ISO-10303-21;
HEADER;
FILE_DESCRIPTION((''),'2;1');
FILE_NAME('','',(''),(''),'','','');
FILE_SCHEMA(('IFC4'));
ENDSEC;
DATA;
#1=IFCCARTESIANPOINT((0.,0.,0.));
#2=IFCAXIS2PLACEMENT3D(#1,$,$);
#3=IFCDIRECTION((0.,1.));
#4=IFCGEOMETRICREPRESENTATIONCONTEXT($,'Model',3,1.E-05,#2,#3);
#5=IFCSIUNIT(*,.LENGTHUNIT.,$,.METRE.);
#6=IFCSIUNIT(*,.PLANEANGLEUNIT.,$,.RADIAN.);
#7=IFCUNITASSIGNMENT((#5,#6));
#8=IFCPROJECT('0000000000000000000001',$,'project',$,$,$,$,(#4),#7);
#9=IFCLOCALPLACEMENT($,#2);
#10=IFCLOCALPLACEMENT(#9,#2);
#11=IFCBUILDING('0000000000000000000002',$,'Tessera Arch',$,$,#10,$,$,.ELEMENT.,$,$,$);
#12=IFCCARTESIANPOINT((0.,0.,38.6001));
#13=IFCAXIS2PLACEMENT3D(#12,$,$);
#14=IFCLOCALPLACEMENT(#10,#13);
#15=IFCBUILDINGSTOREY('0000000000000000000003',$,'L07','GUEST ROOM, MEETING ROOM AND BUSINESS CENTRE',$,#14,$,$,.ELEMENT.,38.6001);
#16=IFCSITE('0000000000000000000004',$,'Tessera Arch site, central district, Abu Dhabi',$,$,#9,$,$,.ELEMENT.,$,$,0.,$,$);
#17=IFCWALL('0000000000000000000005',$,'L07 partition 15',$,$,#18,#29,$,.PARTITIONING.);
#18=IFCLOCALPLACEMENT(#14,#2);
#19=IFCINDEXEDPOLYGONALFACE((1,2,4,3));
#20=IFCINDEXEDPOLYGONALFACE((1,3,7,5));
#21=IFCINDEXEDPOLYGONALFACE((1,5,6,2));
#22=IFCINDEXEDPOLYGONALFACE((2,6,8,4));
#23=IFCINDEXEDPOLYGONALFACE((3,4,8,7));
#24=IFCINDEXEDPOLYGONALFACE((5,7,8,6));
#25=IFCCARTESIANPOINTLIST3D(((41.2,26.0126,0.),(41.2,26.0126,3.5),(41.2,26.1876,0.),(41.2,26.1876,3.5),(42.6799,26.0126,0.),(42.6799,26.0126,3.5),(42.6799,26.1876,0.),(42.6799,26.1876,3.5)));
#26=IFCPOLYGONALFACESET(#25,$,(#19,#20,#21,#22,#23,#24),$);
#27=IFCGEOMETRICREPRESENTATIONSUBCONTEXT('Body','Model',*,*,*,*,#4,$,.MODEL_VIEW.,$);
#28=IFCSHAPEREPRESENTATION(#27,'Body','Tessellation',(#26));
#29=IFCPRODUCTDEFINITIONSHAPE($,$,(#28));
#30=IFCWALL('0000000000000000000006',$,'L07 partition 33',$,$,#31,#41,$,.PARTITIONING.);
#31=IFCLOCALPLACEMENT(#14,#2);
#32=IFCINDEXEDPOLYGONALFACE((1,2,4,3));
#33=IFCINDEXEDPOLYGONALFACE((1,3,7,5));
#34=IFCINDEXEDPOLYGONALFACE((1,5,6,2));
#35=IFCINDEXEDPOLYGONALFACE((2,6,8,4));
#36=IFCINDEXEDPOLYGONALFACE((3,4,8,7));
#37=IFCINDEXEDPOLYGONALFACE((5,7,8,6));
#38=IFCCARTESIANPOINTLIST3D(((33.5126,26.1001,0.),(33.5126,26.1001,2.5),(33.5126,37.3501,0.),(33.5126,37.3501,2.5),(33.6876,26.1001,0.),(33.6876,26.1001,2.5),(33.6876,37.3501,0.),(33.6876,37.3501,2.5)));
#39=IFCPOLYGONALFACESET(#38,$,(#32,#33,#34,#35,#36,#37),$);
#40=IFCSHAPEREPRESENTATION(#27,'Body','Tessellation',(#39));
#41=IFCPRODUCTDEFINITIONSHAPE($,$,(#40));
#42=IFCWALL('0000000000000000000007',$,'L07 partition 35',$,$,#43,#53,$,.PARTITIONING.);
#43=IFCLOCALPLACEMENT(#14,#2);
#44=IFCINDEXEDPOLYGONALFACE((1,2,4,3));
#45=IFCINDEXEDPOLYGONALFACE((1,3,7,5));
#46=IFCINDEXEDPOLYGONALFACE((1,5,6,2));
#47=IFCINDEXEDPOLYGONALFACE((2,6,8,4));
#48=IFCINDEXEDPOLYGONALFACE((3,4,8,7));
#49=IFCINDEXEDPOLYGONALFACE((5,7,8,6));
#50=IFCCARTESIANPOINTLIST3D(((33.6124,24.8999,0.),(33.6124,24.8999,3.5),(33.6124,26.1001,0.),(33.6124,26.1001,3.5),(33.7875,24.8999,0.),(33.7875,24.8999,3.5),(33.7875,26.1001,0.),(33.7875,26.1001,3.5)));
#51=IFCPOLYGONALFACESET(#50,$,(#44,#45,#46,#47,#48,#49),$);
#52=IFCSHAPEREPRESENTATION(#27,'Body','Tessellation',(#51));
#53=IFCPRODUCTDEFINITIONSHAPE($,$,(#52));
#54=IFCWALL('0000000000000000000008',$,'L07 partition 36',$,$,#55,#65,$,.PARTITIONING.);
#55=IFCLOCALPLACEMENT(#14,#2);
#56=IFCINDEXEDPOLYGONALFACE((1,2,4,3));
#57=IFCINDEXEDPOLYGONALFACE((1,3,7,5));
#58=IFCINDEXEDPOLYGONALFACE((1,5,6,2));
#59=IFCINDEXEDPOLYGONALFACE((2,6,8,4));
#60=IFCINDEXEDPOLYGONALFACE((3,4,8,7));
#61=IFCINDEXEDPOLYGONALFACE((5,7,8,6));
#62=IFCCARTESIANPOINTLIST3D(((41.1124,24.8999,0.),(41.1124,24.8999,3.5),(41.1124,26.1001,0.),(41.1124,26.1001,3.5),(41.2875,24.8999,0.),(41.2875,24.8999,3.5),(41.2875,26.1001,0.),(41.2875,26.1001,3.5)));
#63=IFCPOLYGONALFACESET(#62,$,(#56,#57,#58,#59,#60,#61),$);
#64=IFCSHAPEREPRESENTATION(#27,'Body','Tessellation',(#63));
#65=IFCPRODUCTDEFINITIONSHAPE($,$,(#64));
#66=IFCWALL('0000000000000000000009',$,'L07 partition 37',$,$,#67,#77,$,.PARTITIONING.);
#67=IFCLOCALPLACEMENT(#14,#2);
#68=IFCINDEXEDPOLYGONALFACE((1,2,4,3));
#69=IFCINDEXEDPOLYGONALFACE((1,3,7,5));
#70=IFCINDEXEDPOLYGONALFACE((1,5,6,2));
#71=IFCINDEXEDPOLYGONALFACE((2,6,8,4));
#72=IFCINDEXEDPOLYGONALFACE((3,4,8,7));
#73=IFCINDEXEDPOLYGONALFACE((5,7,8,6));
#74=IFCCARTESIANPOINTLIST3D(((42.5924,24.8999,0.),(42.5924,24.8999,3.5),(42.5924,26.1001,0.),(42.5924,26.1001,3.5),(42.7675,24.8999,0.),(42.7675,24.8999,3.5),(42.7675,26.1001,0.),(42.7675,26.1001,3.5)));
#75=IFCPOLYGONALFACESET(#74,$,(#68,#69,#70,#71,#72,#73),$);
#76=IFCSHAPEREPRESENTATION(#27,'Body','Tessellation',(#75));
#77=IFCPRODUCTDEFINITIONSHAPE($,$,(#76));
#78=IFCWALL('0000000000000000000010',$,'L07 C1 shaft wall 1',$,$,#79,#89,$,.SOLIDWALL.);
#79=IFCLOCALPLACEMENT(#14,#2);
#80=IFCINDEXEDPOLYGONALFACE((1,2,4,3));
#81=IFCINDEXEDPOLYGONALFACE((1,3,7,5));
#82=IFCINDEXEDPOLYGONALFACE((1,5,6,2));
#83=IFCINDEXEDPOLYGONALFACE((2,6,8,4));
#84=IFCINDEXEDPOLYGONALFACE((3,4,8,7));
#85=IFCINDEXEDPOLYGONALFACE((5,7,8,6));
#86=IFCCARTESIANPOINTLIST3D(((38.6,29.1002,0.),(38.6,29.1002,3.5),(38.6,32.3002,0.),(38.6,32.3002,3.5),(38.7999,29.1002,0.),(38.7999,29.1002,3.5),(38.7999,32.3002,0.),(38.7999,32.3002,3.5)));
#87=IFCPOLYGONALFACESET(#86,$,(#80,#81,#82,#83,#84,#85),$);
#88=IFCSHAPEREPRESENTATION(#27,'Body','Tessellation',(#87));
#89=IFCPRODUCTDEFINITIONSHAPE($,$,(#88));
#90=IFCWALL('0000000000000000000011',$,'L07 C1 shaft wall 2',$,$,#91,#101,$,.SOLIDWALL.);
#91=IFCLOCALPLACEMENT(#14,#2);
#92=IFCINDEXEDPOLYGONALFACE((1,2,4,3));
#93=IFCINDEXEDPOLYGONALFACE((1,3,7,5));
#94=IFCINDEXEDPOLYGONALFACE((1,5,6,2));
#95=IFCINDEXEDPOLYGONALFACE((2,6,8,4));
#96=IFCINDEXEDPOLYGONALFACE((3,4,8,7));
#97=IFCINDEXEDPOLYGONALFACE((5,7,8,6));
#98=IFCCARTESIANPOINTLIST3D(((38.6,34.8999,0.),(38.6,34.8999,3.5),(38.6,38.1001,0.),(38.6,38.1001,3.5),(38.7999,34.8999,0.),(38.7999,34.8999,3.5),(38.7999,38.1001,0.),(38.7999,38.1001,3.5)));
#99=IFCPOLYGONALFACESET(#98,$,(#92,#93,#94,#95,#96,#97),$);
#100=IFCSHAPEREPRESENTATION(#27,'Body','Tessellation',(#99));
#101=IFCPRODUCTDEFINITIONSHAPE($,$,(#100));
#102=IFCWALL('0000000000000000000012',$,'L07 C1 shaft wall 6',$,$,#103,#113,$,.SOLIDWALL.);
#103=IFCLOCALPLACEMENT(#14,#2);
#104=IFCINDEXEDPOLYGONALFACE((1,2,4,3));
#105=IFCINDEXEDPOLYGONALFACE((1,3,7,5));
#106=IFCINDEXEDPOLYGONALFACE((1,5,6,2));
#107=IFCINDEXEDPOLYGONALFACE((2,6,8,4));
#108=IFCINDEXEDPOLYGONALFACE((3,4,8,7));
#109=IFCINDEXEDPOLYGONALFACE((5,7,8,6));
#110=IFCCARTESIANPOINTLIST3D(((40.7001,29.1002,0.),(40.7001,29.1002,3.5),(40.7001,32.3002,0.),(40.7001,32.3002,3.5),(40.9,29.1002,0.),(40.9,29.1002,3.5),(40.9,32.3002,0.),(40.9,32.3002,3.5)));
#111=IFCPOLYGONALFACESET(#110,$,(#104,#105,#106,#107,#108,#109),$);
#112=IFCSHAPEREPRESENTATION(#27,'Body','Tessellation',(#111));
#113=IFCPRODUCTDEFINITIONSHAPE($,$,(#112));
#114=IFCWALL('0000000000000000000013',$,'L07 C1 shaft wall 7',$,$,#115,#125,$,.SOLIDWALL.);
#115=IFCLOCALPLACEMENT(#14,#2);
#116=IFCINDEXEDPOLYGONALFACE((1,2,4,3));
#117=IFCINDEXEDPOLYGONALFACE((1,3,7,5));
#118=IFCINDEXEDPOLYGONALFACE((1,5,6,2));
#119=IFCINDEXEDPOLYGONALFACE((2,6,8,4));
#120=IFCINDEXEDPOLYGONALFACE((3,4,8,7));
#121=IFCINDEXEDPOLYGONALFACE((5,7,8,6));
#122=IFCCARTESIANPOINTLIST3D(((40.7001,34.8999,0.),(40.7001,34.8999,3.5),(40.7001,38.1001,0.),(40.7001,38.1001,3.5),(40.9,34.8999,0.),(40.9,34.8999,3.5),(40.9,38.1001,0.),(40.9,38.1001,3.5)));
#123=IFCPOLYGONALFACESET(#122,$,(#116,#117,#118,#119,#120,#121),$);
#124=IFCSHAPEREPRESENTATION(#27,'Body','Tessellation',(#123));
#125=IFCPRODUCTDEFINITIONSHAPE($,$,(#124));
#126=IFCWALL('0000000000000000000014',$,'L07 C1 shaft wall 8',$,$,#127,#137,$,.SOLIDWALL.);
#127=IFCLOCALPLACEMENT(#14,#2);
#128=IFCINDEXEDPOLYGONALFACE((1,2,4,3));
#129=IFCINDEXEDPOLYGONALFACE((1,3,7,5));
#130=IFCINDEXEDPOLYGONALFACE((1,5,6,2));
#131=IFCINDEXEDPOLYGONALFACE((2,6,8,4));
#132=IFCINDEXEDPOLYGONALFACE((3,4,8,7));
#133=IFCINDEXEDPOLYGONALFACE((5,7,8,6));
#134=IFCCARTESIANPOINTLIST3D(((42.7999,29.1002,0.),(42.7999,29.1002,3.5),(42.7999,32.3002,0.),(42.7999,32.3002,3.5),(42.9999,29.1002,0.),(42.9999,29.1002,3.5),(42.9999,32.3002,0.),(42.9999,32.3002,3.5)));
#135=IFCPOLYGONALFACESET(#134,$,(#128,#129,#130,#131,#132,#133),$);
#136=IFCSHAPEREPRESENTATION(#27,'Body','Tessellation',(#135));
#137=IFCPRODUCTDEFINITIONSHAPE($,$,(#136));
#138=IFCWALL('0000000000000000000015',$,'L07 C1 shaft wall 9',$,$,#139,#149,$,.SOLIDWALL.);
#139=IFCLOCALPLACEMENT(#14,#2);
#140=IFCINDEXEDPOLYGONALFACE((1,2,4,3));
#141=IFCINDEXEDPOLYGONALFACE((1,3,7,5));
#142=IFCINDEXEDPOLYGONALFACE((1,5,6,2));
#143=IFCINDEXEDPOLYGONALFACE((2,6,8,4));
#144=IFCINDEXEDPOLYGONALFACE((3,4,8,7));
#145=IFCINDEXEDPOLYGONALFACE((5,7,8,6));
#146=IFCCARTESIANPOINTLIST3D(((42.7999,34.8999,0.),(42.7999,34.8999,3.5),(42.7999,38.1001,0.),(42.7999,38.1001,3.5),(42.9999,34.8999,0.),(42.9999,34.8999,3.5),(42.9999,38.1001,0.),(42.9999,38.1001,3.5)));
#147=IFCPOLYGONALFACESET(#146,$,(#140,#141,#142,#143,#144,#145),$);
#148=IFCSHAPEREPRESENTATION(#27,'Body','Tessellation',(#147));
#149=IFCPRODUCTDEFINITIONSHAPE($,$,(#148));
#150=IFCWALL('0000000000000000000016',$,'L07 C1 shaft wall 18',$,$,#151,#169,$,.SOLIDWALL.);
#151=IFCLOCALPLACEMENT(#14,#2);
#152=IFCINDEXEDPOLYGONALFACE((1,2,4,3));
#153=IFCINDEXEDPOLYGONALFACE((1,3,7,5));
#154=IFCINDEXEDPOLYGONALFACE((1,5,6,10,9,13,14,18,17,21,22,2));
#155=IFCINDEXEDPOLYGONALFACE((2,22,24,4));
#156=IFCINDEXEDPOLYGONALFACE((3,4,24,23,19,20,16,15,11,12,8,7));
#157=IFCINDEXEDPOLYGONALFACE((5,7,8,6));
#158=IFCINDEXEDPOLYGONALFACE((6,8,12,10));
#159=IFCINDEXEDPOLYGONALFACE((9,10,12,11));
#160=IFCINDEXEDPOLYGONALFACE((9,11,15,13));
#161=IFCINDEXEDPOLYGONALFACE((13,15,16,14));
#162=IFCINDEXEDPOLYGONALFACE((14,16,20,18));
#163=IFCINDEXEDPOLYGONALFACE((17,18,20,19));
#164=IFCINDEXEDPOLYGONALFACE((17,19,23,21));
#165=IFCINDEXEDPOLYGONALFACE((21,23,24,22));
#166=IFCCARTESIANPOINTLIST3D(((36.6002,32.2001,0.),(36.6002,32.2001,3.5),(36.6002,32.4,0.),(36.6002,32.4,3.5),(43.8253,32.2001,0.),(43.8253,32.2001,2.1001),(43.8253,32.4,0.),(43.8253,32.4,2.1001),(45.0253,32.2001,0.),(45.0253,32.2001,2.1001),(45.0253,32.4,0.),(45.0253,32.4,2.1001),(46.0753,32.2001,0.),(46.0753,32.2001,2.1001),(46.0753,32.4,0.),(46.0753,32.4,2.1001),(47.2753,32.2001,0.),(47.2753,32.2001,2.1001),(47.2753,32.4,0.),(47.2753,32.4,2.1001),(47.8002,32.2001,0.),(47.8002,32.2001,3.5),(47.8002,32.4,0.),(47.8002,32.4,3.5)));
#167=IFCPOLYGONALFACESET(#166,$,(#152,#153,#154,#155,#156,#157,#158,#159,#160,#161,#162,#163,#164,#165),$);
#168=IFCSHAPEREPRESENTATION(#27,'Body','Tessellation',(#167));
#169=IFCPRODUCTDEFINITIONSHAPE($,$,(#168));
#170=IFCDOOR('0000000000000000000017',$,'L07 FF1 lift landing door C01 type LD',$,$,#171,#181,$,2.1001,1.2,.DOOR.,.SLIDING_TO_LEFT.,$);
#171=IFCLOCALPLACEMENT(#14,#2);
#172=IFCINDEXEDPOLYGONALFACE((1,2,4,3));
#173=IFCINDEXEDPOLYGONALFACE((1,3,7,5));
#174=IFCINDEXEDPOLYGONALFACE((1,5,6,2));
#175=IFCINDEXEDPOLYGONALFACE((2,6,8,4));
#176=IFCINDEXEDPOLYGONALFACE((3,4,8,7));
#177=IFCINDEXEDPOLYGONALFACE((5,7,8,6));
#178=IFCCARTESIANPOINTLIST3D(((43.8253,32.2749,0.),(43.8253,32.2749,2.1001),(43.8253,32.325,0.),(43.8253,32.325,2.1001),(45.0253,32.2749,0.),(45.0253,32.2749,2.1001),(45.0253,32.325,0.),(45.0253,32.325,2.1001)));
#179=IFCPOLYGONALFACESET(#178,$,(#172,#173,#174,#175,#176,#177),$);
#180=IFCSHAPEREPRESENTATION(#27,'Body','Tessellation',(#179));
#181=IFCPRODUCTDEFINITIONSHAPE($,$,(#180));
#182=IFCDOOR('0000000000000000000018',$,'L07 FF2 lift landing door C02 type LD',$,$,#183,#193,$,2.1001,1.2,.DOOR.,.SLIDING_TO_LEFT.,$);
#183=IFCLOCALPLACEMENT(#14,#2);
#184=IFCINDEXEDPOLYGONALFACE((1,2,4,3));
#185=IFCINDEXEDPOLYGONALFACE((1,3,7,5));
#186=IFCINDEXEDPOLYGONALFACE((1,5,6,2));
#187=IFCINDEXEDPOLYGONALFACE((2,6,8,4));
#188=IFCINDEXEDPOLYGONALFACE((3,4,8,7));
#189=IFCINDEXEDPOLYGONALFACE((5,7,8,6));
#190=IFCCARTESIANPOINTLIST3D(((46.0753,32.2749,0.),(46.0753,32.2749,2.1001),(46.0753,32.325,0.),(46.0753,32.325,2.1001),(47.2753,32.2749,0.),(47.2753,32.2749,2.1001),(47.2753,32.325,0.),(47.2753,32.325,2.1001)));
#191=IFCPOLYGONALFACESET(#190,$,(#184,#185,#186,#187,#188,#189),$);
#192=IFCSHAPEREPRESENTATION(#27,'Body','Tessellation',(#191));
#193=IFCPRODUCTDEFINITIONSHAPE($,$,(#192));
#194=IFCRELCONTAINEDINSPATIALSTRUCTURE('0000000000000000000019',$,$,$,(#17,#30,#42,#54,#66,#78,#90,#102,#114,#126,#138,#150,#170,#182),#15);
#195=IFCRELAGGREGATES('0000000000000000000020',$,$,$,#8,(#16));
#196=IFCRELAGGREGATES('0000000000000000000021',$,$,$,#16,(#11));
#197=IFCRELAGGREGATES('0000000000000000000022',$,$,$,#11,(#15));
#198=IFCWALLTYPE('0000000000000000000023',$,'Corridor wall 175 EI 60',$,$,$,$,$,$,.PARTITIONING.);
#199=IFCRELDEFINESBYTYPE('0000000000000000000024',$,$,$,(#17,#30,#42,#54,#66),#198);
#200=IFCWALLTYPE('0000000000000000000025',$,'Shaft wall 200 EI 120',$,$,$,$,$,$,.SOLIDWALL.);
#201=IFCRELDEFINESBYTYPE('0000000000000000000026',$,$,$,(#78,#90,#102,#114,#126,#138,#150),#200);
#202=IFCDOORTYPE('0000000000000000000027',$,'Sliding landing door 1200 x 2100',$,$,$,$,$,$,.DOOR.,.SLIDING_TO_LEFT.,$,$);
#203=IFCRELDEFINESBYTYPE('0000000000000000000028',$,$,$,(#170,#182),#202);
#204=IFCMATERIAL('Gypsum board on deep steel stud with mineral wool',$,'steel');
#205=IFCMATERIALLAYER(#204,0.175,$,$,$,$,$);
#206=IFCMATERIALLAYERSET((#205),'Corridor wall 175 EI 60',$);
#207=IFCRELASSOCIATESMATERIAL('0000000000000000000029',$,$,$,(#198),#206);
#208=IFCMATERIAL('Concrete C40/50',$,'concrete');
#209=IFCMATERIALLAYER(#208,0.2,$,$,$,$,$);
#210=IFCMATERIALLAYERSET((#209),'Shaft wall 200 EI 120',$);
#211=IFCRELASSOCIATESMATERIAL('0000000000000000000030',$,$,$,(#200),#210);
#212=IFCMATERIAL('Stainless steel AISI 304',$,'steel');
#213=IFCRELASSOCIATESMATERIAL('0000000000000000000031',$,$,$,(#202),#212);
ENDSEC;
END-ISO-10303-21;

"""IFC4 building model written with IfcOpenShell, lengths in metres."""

from ifc_helpers import new_model, si_unit, direction, frame, frame_2d, origin, place, context, subcontext, project, spatial, rectangle, extrude, material, layer, layer_set, type_object, element, fill, save


model = new_model("IFC4")

# Units and contexts
model_context = context("Model", 3, precision=1e-05, world=origin(), true_north=direction((0.0, 1.0)))
body_context = subcontext(model_context, "Body", "Model", "MODEL_VIEW")
ifc_project = project(units=[si_unit("LENGTHUNIT", "METRE"), si_unit("PLANEANGLEUNIT", "RADIAN")], contexts=[model_context])

# Site, building, storey
site_placement = place(None, origin())
site = spatial("IfcSite", under=ifc_project, at=site_placement, Name="Tessera Arch site, central district, Abu Dhabi", CompositionType="ELEMENT", RefElevation=0.0)
building_placement = place(site_placement, origin())
building = spatial("IfcBuilding", under=site, at=building_placement, Name="Tessera Arch", CompositionType="ELEMENT")
storey_placement = place(building_placement, frame((0.0, 0.0, 38.6001)))
storey = spatial("IfcBuildingStorey", under=building, at=storey_placement, Name="L07", Description="GUEST ROOM, MEETING ROOM AND BUSINESS CENTRE", CompositionType="ELEMENT", Elevation=38.6001)

# Shared definitions
ifc_material_1 = material(Name="Gypsum board on deep steel stud with mineral wool", Category="steel")
ifc_layer_1 = layer(ifc_material_1, 0.175)
ifc_layer_set_1 = layer_set([ifc_layer_1], Name="Corridor wall 175 EI 60")
wall_type_1 = type_object("IfcWallType", Name="Corridor wall 175 EI 60", PredefinedType="PARTITIONING", material=ifc_layer_set_1)

# Walls
wall_1_placement = place(storey_placement, frame((41.2, 26.1001, 0.0), z_axis=(0.0, 0.0, 1.0), x_axis=(1.0, 0.0, 0.0)))
element("IfcWall", 1, at=wall_1_placement, inside=storey, type_object=wall_type_1, Name="L07 partition 15", PredefinedType="PARTITIONING", context=body_context, shape_type="SweptSolid", body=[
    extrude(rectangle(XDim=1.48, YDim=0.175, at=frame_2d((0.74, 0.0))), origin(), (0.0, 0.0, 1.0), 3.5),
])
wall_2_placement = place(storey_placement, frame((33.6001, 26.1001, 0.0), z_axis=(0.0, 0.0, 1.0), x_axis=(0.0, 1.0, 0.0)))
element("IfcWall", 2, at=wall_2_placement, inside=storey, type_object=wall_type_1, Name="L07 partition 33", PredefinedType="PARTITIONING", context=body_context, shape_type="SweptSolid", body=[
    extrude(rectangle(XDim=11.25, YDim=0.175, at=frame_2d((5.625, 0.0))), origin(), (0.0, 0.0, 1.0), 2.5),
])
for number, where, z_axis, x_axis, name in (
    (3, (33.7, 24.8999, 0.0), (0.0, 0.0, 1.0), (0.0, 1.0, 0.0), "L07 partition 35"),
    (4, (41.2, 24.8999, 0.0), (0.0, 0.0, 1.0), (0.0, 1.0, 0.0), "L07 partition 36"),
    (5, (42.6799, 24.8999, 0.0), (0.0, 0.0, 1.0), (0.0, 1.0, 0.0), "L07 partition 37"),
):
    element("IfcWall", number, at=place(storey_placement, frame(where, z_axis=z_axis, x_axis=x_axis)), inside=storey, type_object=wall_type_1, Name=name, PredefinedType="PARTITIONING", context=body_context, shape_type="SweptSolid", body=[
        extrude(rectangle(XDim=1.2002, YDim=0.175, at=frame_2d((0.6001, 0.0))), origin(), (0.0, 0.0, 1.0), 3.5),
    ])
ifc_material_2 = material(Name="Concrete C40/50", Category="concrete")
ifc_layer_2 = layer(ifc_material_2, 0.2)
ifc_layer_set_2 = layer_set([ifc_layer_2], Name="Shaft wall 200 EI 120")
wall_type_2 = type_object("IfcWallType", Name="Shaft wall 200 EI 120", PredefinedType="SOLIDWALL", material=ifc_layer_set_2)
wall_3_placement = place(storey_placement, frame((38.7, 29.1001, 0.0), z_axis=(0.0, 0.0, 1.0), x_axis=(0.0, 1.0, 0.0)))
element("IfcWall", 6, at=wall_3_placement, inside=storey, type_object=wall_type_2, Name="L07 C1 shaft wall 1", PredefinedType="SOLIDWALL", context=body_context, shape_type="SweptSolid", body=[
    extrude(rectangle(XDim=3.2, YDim=0.2, at=frame_2d((1.6001, 0.0))), origin(), (0.0, 0.0, 1.0), 3.5),
])
wall_4_placement = place(storey_placement, frame((38.7, 34.8999, 0.0), z_axis=(0.0, 0.0, 1.0), x_axis=(0.0, 1.0, 0.0)))
element("IfcWall", 7, at=wall_4_placement, inside=storey, type_object=wall_type_2, Name="L07 C1 shaft wall 2", PredefinedType="SOLIDWALL", context=body_context, shape_type="SweptSolid", body=[
    extrude(rectangle(XDim=3.2002, YDim=0.2, at=frame_2d((1.6001, 0.0))), origin(), (0.0, 0.0, 1.0), 3.5),
])
wall_5_placement = place(storey_placement, frame((40.8, 29.1001, 0.0), z_axis=(0.0, 0.0, 1.0), x_axis=(0.0, 1.0, 0.0)))
element("IfcWall", 8, at=wall_5_placement, inside=storey, type_object=wall_type_2, Name="L07 C1 shaft wall 6", PredefinedType="SOLIDWALL", context=body_context, shape_type="SweptSolid", body=[
    extrude(rectangle(XDim=3.2, YDim=0.2, at=frame_2d((1.6001, 0.0))), origin(), (0.0, 0.0, 1.0), 3.5),
])
wall_6_placement = place(storey_placement, frame((40.8, 34.8999, 0.0), z_axis=(0.0, 0.0, 1.0), x_axis=(0.0, 1.0, 0.0)))
element("IfcWall", 9, at=wall_6_placement, inside=storey, type_object=wall_type_2, Name="L07 C1 shaft wall 7", PredefinedType="SOLIDWALL", context=body_context, shape_type="SweptSolid", body=[
    extrude(rectangle(XDim=3.2002, YDim=0.2, at=frame_2d((1.6001, 0.0))), origin(), (0.0, 0.0, 1.0), 3.5),
])
wall_7_placement = place(storey_placement, frame((42.8999, 29.1001, 0.0), z_axis=(0.0, 0.0, 1.0), x_axis=(0.0, 1.0, 0.0)))
element("IfcWall", 10, at=wall_7_placement, inside=storey, type_object=wall_type_2, Name="L07 C1 shaft wall 8", PredefinedType="SOLIDWALL", context=body_context, shape_type="SweptSolid", body=[
    extrude(rectangle(XDim=3.2, YDim=0.2, at=frame_2d((1.6001, 0.0))), origin(), (0.0, 0.0, 1.0), 3.5),
])
wall_8_placement = place(storey_placement, frame((42.8999, 34.8999, 0.0), z_axis=(0.0, 0.0, 1.0), x_axis=(0.0, 1.0, 0.0)))
element("IfcWall", 11, at=wall_8_placement, inside=storey, type_object=wall_type_2, Name="L07 C1 shaft wall 9", PredefinedType="SOLIDWALL", context=body_context, shape_type="SweptSolid", body=[
    extrude(rectangle(XDim=3.2002, YDim=0.2, at=frame_2d((1.6001, 0.0))), origin(), (0.0, 0.0, 1.0), 3.5),
])

# Wall, openings, doors
wall_9_placement = place(storey_placement, frame((36.6001, 32.3, 0.0), z_axis=(0.0, 0.0, 1.0), x_axis=(1.0, 0.0, 0.0)))
wall_9 = element("IfcWall", 12, at=wall_9_placement, inside=storey, type_object=wall_type_2, Name="L07 C1 shaft wall 18", PredefinedType="SOLIDWALL", context=body_context, shape_type="SweptSolid", body=[
    extrude(rectangle(XDim=11.2, YDim=0.2, at=frame_2d((5.6001, 0.0))), origin(), (0.0, 0.0, 1.0), 3.5),
])
opening_1_placement = place(wall_9_placement, frame((7.2251, 0.0, 0.0)))
opening_1 = element("IfcOpeningElement", 13, at=opening_1_placement, cuts=wall_9, PredefinedType="OPENING", context=body_context, shape_type="SweptSolid", body=[
    extrude(rectangle(XDim=1.2, YDim=2.1001, at=frame_2d((0.6001, 1.05))), frame((0.0, 0.1099, 0.0), z_axis=(0.0, -1.0, 0.0), x_axis=(1.0, 0.0, 0.0)), (0.0, 0.0, 1.0), 0.22),
])
opening_2_placement = place(wall_9_placement, frame((9.4751, 0.0, 0.0)))
opening_2 = element("IfcOpeningElement", 14, at=opening_2_placement, cuts=wall_9, PredefinedType="OPENING", context=body_context, shape_type="SweptSolid", body=[
    extrude(rectangle(XDim=1.2, YDim=2.1001, at=frame_2d((0.6001, 1.05))), frame((0.0, 0.1099, 0.0), z_axis=(0.0, -1.0, 0.0), x_axis=(1.0, 0.0, 0.0)), (0.0, 0.0, 1.0), 0.22),
])
ifc_material_3 = material(Name="Stainless steel AISI 304", Category="steel")
door_type_1 = type_object("IfcDoorType", Name="Sliding landing door 1200 x 2100", OperationType="SLIDING_TO_LEFT", PredefinedType="DOOR", material=ifc_material_3)
door_1_placement = place(opening_1_placement, origin())
door_1 = element("IfcDoor", 15, at=door_1_placement, inside=storey, type_object=door_type_1, Name="L07 FF1 lift landing door C01 type LD", OperationType="SLIDING_TO_LEFT", OverallHeight=2.1001, OverallWidth=1.2, PredefinedType="DOOR", context=body_context, shape_type="SweptSolid", body=[
    extrude(rectangle(XDim=1.2, YDim=2.1001, at=frame_2d((0.6001, 1.05))), frame((0.0, 0.0249, 0.0), z_axis=(0.0, -1.0, 0.0), x_axis=(1.0, 0.0, 0.0)), (0.0, 0.0, 1.0), 0.05),
])
fill(opening_1, door_1)
door_2_placement = place(opening_2_placement, origin())
door_2 = element("IfcDoor", 16, at=door_2_placement, inside=storey, type_object=door_type_1, Name="L07 FF2 lift landing door C02 type LD", OperationType="SLIDING_TO_LEFT", OverallHeight=2.1001, OverallWidth=1.2, PredefinedType="DOOR", context=body_context, shape_type="SweptSolid", body=[
    extrude(rectangle(XDim=1.2, YDim=2.1001, at=frame_2d((0.6001, 1.05))), frame((0.0, 0.0249, 0.0), z_axis=(0.0, -1.0, 0.0), x_axis=(1.0, 0.0, 0.0)), (0.0, 0.0, 1.0), 0.05),
])
fill(opening_2, door_2)

save(model, "model.ifc")
